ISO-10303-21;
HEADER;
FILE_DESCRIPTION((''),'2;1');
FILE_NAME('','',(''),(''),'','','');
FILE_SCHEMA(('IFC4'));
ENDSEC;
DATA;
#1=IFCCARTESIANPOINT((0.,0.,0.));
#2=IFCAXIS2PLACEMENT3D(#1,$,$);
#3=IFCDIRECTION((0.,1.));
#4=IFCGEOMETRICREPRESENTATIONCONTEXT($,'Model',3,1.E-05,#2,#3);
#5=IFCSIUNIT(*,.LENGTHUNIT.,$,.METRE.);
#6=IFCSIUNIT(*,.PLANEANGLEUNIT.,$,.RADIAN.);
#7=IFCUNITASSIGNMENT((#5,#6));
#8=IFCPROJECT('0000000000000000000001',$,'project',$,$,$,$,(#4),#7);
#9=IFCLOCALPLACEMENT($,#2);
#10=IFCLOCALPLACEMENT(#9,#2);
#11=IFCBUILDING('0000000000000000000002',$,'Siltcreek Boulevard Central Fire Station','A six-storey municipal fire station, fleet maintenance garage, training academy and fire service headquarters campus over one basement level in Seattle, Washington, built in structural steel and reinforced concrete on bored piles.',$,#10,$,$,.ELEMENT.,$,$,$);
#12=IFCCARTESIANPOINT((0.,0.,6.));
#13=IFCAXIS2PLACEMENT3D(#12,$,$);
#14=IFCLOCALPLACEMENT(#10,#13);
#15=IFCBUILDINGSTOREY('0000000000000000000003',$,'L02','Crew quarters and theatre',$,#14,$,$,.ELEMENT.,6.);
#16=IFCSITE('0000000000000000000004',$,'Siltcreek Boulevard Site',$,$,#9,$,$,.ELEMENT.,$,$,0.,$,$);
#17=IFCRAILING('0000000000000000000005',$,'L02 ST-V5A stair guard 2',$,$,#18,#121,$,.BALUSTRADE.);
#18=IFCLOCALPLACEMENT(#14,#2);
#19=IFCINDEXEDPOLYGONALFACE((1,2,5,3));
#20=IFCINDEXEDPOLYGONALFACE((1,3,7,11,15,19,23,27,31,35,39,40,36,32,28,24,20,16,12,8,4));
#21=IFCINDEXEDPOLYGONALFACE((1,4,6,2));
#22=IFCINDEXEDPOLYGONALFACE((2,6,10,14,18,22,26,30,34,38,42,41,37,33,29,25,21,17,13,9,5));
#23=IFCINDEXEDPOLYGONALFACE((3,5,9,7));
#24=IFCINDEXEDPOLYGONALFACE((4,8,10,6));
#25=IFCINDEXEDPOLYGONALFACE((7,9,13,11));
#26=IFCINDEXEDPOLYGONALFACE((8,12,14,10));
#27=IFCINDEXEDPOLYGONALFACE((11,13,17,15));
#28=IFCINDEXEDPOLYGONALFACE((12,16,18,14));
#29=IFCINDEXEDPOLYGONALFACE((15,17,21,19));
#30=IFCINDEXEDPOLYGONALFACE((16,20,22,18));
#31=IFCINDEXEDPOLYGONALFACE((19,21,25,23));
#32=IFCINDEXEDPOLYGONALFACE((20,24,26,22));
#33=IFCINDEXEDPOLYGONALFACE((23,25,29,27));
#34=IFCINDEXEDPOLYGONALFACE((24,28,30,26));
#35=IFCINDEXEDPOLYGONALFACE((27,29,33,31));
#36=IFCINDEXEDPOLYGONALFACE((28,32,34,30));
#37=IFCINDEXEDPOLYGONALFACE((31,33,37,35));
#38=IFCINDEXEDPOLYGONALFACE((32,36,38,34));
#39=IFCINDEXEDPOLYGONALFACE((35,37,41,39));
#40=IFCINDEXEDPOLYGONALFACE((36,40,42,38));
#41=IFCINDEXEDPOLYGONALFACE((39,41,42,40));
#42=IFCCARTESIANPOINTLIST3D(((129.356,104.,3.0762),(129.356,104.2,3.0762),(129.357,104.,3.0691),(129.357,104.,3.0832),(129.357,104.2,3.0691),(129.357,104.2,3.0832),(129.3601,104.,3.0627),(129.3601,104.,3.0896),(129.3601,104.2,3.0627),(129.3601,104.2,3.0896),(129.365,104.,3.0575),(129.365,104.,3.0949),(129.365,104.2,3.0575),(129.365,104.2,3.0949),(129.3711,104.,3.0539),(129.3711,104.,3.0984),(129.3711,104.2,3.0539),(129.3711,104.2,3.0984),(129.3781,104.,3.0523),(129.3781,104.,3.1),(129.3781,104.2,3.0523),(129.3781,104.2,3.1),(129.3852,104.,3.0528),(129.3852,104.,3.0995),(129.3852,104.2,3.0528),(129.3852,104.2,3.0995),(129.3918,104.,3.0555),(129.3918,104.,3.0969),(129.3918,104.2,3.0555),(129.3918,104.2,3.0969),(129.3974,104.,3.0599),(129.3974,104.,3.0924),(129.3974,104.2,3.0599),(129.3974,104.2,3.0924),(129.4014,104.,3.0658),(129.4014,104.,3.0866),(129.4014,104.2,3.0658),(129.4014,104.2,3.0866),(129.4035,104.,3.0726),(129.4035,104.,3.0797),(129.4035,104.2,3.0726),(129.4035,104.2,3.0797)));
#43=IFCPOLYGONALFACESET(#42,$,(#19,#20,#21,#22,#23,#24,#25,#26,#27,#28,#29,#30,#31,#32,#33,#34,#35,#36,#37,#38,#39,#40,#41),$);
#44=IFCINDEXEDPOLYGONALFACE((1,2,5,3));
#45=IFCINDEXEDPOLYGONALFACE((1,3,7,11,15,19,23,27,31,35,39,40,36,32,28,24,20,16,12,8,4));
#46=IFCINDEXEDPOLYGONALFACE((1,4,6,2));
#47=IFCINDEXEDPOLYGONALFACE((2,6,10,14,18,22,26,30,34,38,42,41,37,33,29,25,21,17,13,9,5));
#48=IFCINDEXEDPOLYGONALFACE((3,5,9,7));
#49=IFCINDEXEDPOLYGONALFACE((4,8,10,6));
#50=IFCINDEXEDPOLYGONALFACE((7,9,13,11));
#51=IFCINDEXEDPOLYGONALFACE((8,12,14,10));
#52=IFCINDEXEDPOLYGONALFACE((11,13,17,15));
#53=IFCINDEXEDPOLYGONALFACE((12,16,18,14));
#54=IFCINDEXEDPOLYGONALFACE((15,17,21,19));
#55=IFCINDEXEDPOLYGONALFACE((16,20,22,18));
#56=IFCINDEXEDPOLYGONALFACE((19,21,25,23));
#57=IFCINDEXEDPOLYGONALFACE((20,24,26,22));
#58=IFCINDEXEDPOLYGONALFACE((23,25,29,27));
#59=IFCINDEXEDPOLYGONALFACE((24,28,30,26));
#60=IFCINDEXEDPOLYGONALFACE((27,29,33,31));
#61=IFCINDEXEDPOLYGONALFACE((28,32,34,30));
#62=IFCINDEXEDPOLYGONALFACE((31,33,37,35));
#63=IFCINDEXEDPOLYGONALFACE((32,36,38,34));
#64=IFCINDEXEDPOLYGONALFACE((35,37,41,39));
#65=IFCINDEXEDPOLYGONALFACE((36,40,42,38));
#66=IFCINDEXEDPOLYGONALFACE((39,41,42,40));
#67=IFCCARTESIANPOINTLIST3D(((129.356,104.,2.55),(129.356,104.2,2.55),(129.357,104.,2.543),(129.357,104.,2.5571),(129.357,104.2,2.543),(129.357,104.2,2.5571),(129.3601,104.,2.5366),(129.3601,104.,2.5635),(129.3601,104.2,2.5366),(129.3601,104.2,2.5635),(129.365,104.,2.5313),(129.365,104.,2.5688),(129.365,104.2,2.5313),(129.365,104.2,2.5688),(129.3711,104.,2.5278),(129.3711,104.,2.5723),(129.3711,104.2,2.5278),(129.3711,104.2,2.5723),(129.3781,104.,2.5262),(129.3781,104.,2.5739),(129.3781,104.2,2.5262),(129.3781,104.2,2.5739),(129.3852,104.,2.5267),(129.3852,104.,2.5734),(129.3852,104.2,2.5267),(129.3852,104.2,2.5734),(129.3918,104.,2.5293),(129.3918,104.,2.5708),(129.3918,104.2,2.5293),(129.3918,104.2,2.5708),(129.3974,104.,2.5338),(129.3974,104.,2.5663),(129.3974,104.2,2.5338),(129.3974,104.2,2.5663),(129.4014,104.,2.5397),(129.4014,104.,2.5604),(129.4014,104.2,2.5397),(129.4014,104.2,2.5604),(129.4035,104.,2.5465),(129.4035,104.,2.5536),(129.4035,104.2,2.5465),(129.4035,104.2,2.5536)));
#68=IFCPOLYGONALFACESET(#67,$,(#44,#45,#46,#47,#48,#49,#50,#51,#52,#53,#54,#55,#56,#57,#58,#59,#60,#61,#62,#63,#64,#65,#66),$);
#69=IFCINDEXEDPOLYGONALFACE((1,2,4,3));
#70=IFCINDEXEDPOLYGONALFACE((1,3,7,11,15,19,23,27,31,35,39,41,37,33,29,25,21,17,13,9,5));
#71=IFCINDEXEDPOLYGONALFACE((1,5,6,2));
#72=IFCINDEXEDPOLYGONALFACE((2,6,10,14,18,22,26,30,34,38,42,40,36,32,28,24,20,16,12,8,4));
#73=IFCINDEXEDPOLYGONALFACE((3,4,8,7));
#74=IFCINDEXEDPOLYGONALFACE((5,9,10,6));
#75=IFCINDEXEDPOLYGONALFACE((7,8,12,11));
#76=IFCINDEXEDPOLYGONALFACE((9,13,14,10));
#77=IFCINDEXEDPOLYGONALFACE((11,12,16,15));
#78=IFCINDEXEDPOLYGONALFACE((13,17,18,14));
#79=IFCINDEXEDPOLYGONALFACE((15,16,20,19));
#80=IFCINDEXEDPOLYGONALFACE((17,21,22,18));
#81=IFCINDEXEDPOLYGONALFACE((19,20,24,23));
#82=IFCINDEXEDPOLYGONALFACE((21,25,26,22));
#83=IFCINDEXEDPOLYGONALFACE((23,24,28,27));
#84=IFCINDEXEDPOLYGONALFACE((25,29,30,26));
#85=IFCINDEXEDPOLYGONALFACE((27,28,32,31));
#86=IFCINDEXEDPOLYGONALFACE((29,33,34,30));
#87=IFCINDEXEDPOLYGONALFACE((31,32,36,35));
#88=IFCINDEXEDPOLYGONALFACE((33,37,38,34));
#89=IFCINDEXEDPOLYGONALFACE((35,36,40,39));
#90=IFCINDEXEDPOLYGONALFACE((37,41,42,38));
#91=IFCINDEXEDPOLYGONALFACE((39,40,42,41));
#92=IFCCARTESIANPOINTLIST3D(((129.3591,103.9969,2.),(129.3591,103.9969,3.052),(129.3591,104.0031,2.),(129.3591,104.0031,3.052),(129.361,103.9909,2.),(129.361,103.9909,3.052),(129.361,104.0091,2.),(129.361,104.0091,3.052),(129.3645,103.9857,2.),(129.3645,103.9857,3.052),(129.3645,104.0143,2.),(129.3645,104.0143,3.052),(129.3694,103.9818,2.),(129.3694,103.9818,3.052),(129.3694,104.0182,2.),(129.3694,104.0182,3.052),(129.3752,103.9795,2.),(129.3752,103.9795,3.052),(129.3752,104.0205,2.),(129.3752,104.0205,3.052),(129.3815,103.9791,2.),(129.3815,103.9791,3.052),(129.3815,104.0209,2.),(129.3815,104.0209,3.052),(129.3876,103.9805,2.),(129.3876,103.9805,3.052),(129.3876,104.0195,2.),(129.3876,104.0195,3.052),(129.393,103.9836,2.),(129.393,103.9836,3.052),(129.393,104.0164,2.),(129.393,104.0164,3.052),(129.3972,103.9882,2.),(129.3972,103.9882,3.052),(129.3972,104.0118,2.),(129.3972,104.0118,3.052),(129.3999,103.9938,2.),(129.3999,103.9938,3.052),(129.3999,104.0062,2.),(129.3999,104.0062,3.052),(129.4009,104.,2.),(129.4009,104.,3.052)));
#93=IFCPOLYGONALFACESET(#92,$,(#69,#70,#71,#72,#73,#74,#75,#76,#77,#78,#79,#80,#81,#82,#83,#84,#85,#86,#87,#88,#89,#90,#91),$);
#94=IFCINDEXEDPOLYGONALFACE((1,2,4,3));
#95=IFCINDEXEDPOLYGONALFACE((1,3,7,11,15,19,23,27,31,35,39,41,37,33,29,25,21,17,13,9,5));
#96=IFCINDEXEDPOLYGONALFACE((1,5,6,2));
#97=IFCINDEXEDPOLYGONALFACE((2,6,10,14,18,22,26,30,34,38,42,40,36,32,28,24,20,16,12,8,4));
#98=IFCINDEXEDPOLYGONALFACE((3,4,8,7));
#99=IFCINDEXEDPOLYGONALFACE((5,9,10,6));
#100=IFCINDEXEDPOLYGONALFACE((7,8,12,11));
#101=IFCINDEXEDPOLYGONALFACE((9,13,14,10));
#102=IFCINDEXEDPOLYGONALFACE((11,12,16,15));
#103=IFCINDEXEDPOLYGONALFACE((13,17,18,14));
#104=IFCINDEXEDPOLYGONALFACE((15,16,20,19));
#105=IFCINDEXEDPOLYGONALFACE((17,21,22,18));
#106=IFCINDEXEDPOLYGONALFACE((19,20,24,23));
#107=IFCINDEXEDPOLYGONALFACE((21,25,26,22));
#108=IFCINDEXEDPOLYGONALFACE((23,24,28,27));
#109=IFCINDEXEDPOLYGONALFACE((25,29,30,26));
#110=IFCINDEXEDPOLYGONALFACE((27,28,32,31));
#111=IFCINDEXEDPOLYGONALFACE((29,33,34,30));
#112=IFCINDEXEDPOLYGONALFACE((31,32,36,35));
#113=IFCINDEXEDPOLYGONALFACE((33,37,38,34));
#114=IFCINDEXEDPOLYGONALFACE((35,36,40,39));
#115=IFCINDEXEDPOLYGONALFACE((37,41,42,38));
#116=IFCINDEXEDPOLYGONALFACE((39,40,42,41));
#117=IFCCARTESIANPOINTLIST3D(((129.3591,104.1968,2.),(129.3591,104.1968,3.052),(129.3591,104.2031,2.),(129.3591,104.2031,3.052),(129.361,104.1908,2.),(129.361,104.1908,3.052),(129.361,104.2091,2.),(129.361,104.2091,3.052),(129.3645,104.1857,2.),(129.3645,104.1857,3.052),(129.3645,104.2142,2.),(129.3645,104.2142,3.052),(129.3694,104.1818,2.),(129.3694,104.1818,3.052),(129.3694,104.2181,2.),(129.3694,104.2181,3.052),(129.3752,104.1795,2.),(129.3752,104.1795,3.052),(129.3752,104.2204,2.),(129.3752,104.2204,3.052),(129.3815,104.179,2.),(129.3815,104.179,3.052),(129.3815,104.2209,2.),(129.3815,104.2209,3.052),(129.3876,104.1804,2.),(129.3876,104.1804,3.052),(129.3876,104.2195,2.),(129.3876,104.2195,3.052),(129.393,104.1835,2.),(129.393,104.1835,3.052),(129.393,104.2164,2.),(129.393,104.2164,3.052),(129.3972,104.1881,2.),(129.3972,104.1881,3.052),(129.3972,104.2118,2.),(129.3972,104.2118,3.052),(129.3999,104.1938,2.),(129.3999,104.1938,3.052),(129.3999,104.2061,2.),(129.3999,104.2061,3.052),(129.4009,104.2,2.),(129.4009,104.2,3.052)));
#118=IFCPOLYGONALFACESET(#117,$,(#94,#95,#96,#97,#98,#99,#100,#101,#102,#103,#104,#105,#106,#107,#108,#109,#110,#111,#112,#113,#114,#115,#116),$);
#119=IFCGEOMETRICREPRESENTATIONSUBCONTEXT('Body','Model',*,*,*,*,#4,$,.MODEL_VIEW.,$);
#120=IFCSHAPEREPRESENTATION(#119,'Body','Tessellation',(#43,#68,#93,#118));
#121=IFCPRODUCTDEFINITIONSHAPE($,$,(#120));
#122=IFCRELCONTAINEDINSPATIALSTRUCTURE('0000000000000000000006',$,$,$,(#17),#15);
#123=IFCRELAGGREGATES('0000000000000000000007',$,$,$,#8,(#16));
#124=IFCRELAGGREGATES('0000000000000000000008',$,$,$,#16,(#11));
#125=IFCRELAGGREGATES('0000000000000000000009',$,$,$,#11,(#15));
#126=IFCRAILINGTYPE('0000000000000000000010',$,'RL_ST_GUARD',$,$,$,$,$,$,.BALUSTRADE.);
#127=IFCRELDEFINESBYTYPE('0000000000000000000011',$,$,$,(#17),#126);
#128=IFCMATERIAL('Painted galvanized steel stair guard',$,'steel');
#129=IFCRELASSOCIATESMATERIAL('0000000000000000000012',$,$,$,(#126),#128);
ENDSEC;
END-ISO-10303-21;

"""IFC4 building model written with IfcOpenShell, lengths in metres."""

from ifc_helpers import new_model, si_unit, direction, frame, origin, origin_2d, place, context, subcontext, project, spatial, circle, extrude, material, type_object, element, save


model = new_model("IFC4")

# Units and contexts
model_context = context("Model", 3, precision=1e-05, world=origin(), true_north=direction((0.0, 1.0)))
body_context = subcontext(model_context, "Body", "Model", "MODEL_VIEW")
ifc_project = project(units=[si_unit("LENGTHUNIT", "METRE"), si_unit("PLANEANGLEUNIT", "RADIAN")], contexts=[model_context])

# Site, building, storey
site_placement = place(None, origin())
site = spatial("IfcSite", under=ifc_project, at=site_placement, Name="Siltcreek Boulevard Site", CompositionType="ELEMENT", RefElevation=0.0)
building_placement = place(site_placement, origin())
building = spatial("IfcBuilding", under=site, at=building_placement, Name="Siltcreek Boulevard Central Fire Station", Description="A six-storey municipal fire station, fleet maintenance garage, training academy and fire service headquarters campus over one basement level in Seattle, Washington, built in structural steel and reinforced concrete on bored piles.", CompositionType="ELEMENT")
storey_placement = place(building_placement, frame((0.0, 0.0, 6.0)))
storey = spatial("IfcBuildingStorey", under=building, at=storey_placement, Name="L02", Description="Crew quarters and theatre", CompositionType="ELEMENT", Elevation=6.0)

# Railing
ifc_material_1 = material(Name="Painted galvanized steel stair guard", Category="steel")
railing_type_1 = type_object("IfcRailingType", Name="RL_ST_GUARD", PredefinedType="BALUSTRADE", material=ifc_material_1)
railing_1_placement = place(storey_placement, frame((129.3799, 104.0, 2.0)))
element("IfcRailing", 1, at=railing_1_placement, inside=storey, type_object=railing_type_1, Name="L02 ST-V5A stair guard 2", PredefinedType="BALUSTRADE", context=body_context, shape_type="SweptSolid", body=[
    extrude(circle(Radius=0.0239, at=origin_2d()), frame((0.0, 0.0, 1.0762), z_axis=(0.0, 1.0, 0.0), x_axis=(-1.0, 0.0, 0.0)), (0.0, 0.0, 1.0), 0.2),
    extrude(circle(Radius=0.0239, at=origin_2d()), frame((0.0, 0.0, 0.55), z_axis=(0.0, 1.0, 0.0), x_axis=(-1.0, 0.0, 0.0)), (0.0, 0.0, 1.0), 0.2),
    extrude(circle(Radius=0.021, at=origin_2d()), origin(), (0.0, 0.0, 1.0), 1.052),
    extrude(circle(Radius=0.021, at=origin_2d()), frame((0.0, 0.2, 0.0)), (0.0, 0.0, 1.0), 1.052),
])

save(model, "model.ifc")
